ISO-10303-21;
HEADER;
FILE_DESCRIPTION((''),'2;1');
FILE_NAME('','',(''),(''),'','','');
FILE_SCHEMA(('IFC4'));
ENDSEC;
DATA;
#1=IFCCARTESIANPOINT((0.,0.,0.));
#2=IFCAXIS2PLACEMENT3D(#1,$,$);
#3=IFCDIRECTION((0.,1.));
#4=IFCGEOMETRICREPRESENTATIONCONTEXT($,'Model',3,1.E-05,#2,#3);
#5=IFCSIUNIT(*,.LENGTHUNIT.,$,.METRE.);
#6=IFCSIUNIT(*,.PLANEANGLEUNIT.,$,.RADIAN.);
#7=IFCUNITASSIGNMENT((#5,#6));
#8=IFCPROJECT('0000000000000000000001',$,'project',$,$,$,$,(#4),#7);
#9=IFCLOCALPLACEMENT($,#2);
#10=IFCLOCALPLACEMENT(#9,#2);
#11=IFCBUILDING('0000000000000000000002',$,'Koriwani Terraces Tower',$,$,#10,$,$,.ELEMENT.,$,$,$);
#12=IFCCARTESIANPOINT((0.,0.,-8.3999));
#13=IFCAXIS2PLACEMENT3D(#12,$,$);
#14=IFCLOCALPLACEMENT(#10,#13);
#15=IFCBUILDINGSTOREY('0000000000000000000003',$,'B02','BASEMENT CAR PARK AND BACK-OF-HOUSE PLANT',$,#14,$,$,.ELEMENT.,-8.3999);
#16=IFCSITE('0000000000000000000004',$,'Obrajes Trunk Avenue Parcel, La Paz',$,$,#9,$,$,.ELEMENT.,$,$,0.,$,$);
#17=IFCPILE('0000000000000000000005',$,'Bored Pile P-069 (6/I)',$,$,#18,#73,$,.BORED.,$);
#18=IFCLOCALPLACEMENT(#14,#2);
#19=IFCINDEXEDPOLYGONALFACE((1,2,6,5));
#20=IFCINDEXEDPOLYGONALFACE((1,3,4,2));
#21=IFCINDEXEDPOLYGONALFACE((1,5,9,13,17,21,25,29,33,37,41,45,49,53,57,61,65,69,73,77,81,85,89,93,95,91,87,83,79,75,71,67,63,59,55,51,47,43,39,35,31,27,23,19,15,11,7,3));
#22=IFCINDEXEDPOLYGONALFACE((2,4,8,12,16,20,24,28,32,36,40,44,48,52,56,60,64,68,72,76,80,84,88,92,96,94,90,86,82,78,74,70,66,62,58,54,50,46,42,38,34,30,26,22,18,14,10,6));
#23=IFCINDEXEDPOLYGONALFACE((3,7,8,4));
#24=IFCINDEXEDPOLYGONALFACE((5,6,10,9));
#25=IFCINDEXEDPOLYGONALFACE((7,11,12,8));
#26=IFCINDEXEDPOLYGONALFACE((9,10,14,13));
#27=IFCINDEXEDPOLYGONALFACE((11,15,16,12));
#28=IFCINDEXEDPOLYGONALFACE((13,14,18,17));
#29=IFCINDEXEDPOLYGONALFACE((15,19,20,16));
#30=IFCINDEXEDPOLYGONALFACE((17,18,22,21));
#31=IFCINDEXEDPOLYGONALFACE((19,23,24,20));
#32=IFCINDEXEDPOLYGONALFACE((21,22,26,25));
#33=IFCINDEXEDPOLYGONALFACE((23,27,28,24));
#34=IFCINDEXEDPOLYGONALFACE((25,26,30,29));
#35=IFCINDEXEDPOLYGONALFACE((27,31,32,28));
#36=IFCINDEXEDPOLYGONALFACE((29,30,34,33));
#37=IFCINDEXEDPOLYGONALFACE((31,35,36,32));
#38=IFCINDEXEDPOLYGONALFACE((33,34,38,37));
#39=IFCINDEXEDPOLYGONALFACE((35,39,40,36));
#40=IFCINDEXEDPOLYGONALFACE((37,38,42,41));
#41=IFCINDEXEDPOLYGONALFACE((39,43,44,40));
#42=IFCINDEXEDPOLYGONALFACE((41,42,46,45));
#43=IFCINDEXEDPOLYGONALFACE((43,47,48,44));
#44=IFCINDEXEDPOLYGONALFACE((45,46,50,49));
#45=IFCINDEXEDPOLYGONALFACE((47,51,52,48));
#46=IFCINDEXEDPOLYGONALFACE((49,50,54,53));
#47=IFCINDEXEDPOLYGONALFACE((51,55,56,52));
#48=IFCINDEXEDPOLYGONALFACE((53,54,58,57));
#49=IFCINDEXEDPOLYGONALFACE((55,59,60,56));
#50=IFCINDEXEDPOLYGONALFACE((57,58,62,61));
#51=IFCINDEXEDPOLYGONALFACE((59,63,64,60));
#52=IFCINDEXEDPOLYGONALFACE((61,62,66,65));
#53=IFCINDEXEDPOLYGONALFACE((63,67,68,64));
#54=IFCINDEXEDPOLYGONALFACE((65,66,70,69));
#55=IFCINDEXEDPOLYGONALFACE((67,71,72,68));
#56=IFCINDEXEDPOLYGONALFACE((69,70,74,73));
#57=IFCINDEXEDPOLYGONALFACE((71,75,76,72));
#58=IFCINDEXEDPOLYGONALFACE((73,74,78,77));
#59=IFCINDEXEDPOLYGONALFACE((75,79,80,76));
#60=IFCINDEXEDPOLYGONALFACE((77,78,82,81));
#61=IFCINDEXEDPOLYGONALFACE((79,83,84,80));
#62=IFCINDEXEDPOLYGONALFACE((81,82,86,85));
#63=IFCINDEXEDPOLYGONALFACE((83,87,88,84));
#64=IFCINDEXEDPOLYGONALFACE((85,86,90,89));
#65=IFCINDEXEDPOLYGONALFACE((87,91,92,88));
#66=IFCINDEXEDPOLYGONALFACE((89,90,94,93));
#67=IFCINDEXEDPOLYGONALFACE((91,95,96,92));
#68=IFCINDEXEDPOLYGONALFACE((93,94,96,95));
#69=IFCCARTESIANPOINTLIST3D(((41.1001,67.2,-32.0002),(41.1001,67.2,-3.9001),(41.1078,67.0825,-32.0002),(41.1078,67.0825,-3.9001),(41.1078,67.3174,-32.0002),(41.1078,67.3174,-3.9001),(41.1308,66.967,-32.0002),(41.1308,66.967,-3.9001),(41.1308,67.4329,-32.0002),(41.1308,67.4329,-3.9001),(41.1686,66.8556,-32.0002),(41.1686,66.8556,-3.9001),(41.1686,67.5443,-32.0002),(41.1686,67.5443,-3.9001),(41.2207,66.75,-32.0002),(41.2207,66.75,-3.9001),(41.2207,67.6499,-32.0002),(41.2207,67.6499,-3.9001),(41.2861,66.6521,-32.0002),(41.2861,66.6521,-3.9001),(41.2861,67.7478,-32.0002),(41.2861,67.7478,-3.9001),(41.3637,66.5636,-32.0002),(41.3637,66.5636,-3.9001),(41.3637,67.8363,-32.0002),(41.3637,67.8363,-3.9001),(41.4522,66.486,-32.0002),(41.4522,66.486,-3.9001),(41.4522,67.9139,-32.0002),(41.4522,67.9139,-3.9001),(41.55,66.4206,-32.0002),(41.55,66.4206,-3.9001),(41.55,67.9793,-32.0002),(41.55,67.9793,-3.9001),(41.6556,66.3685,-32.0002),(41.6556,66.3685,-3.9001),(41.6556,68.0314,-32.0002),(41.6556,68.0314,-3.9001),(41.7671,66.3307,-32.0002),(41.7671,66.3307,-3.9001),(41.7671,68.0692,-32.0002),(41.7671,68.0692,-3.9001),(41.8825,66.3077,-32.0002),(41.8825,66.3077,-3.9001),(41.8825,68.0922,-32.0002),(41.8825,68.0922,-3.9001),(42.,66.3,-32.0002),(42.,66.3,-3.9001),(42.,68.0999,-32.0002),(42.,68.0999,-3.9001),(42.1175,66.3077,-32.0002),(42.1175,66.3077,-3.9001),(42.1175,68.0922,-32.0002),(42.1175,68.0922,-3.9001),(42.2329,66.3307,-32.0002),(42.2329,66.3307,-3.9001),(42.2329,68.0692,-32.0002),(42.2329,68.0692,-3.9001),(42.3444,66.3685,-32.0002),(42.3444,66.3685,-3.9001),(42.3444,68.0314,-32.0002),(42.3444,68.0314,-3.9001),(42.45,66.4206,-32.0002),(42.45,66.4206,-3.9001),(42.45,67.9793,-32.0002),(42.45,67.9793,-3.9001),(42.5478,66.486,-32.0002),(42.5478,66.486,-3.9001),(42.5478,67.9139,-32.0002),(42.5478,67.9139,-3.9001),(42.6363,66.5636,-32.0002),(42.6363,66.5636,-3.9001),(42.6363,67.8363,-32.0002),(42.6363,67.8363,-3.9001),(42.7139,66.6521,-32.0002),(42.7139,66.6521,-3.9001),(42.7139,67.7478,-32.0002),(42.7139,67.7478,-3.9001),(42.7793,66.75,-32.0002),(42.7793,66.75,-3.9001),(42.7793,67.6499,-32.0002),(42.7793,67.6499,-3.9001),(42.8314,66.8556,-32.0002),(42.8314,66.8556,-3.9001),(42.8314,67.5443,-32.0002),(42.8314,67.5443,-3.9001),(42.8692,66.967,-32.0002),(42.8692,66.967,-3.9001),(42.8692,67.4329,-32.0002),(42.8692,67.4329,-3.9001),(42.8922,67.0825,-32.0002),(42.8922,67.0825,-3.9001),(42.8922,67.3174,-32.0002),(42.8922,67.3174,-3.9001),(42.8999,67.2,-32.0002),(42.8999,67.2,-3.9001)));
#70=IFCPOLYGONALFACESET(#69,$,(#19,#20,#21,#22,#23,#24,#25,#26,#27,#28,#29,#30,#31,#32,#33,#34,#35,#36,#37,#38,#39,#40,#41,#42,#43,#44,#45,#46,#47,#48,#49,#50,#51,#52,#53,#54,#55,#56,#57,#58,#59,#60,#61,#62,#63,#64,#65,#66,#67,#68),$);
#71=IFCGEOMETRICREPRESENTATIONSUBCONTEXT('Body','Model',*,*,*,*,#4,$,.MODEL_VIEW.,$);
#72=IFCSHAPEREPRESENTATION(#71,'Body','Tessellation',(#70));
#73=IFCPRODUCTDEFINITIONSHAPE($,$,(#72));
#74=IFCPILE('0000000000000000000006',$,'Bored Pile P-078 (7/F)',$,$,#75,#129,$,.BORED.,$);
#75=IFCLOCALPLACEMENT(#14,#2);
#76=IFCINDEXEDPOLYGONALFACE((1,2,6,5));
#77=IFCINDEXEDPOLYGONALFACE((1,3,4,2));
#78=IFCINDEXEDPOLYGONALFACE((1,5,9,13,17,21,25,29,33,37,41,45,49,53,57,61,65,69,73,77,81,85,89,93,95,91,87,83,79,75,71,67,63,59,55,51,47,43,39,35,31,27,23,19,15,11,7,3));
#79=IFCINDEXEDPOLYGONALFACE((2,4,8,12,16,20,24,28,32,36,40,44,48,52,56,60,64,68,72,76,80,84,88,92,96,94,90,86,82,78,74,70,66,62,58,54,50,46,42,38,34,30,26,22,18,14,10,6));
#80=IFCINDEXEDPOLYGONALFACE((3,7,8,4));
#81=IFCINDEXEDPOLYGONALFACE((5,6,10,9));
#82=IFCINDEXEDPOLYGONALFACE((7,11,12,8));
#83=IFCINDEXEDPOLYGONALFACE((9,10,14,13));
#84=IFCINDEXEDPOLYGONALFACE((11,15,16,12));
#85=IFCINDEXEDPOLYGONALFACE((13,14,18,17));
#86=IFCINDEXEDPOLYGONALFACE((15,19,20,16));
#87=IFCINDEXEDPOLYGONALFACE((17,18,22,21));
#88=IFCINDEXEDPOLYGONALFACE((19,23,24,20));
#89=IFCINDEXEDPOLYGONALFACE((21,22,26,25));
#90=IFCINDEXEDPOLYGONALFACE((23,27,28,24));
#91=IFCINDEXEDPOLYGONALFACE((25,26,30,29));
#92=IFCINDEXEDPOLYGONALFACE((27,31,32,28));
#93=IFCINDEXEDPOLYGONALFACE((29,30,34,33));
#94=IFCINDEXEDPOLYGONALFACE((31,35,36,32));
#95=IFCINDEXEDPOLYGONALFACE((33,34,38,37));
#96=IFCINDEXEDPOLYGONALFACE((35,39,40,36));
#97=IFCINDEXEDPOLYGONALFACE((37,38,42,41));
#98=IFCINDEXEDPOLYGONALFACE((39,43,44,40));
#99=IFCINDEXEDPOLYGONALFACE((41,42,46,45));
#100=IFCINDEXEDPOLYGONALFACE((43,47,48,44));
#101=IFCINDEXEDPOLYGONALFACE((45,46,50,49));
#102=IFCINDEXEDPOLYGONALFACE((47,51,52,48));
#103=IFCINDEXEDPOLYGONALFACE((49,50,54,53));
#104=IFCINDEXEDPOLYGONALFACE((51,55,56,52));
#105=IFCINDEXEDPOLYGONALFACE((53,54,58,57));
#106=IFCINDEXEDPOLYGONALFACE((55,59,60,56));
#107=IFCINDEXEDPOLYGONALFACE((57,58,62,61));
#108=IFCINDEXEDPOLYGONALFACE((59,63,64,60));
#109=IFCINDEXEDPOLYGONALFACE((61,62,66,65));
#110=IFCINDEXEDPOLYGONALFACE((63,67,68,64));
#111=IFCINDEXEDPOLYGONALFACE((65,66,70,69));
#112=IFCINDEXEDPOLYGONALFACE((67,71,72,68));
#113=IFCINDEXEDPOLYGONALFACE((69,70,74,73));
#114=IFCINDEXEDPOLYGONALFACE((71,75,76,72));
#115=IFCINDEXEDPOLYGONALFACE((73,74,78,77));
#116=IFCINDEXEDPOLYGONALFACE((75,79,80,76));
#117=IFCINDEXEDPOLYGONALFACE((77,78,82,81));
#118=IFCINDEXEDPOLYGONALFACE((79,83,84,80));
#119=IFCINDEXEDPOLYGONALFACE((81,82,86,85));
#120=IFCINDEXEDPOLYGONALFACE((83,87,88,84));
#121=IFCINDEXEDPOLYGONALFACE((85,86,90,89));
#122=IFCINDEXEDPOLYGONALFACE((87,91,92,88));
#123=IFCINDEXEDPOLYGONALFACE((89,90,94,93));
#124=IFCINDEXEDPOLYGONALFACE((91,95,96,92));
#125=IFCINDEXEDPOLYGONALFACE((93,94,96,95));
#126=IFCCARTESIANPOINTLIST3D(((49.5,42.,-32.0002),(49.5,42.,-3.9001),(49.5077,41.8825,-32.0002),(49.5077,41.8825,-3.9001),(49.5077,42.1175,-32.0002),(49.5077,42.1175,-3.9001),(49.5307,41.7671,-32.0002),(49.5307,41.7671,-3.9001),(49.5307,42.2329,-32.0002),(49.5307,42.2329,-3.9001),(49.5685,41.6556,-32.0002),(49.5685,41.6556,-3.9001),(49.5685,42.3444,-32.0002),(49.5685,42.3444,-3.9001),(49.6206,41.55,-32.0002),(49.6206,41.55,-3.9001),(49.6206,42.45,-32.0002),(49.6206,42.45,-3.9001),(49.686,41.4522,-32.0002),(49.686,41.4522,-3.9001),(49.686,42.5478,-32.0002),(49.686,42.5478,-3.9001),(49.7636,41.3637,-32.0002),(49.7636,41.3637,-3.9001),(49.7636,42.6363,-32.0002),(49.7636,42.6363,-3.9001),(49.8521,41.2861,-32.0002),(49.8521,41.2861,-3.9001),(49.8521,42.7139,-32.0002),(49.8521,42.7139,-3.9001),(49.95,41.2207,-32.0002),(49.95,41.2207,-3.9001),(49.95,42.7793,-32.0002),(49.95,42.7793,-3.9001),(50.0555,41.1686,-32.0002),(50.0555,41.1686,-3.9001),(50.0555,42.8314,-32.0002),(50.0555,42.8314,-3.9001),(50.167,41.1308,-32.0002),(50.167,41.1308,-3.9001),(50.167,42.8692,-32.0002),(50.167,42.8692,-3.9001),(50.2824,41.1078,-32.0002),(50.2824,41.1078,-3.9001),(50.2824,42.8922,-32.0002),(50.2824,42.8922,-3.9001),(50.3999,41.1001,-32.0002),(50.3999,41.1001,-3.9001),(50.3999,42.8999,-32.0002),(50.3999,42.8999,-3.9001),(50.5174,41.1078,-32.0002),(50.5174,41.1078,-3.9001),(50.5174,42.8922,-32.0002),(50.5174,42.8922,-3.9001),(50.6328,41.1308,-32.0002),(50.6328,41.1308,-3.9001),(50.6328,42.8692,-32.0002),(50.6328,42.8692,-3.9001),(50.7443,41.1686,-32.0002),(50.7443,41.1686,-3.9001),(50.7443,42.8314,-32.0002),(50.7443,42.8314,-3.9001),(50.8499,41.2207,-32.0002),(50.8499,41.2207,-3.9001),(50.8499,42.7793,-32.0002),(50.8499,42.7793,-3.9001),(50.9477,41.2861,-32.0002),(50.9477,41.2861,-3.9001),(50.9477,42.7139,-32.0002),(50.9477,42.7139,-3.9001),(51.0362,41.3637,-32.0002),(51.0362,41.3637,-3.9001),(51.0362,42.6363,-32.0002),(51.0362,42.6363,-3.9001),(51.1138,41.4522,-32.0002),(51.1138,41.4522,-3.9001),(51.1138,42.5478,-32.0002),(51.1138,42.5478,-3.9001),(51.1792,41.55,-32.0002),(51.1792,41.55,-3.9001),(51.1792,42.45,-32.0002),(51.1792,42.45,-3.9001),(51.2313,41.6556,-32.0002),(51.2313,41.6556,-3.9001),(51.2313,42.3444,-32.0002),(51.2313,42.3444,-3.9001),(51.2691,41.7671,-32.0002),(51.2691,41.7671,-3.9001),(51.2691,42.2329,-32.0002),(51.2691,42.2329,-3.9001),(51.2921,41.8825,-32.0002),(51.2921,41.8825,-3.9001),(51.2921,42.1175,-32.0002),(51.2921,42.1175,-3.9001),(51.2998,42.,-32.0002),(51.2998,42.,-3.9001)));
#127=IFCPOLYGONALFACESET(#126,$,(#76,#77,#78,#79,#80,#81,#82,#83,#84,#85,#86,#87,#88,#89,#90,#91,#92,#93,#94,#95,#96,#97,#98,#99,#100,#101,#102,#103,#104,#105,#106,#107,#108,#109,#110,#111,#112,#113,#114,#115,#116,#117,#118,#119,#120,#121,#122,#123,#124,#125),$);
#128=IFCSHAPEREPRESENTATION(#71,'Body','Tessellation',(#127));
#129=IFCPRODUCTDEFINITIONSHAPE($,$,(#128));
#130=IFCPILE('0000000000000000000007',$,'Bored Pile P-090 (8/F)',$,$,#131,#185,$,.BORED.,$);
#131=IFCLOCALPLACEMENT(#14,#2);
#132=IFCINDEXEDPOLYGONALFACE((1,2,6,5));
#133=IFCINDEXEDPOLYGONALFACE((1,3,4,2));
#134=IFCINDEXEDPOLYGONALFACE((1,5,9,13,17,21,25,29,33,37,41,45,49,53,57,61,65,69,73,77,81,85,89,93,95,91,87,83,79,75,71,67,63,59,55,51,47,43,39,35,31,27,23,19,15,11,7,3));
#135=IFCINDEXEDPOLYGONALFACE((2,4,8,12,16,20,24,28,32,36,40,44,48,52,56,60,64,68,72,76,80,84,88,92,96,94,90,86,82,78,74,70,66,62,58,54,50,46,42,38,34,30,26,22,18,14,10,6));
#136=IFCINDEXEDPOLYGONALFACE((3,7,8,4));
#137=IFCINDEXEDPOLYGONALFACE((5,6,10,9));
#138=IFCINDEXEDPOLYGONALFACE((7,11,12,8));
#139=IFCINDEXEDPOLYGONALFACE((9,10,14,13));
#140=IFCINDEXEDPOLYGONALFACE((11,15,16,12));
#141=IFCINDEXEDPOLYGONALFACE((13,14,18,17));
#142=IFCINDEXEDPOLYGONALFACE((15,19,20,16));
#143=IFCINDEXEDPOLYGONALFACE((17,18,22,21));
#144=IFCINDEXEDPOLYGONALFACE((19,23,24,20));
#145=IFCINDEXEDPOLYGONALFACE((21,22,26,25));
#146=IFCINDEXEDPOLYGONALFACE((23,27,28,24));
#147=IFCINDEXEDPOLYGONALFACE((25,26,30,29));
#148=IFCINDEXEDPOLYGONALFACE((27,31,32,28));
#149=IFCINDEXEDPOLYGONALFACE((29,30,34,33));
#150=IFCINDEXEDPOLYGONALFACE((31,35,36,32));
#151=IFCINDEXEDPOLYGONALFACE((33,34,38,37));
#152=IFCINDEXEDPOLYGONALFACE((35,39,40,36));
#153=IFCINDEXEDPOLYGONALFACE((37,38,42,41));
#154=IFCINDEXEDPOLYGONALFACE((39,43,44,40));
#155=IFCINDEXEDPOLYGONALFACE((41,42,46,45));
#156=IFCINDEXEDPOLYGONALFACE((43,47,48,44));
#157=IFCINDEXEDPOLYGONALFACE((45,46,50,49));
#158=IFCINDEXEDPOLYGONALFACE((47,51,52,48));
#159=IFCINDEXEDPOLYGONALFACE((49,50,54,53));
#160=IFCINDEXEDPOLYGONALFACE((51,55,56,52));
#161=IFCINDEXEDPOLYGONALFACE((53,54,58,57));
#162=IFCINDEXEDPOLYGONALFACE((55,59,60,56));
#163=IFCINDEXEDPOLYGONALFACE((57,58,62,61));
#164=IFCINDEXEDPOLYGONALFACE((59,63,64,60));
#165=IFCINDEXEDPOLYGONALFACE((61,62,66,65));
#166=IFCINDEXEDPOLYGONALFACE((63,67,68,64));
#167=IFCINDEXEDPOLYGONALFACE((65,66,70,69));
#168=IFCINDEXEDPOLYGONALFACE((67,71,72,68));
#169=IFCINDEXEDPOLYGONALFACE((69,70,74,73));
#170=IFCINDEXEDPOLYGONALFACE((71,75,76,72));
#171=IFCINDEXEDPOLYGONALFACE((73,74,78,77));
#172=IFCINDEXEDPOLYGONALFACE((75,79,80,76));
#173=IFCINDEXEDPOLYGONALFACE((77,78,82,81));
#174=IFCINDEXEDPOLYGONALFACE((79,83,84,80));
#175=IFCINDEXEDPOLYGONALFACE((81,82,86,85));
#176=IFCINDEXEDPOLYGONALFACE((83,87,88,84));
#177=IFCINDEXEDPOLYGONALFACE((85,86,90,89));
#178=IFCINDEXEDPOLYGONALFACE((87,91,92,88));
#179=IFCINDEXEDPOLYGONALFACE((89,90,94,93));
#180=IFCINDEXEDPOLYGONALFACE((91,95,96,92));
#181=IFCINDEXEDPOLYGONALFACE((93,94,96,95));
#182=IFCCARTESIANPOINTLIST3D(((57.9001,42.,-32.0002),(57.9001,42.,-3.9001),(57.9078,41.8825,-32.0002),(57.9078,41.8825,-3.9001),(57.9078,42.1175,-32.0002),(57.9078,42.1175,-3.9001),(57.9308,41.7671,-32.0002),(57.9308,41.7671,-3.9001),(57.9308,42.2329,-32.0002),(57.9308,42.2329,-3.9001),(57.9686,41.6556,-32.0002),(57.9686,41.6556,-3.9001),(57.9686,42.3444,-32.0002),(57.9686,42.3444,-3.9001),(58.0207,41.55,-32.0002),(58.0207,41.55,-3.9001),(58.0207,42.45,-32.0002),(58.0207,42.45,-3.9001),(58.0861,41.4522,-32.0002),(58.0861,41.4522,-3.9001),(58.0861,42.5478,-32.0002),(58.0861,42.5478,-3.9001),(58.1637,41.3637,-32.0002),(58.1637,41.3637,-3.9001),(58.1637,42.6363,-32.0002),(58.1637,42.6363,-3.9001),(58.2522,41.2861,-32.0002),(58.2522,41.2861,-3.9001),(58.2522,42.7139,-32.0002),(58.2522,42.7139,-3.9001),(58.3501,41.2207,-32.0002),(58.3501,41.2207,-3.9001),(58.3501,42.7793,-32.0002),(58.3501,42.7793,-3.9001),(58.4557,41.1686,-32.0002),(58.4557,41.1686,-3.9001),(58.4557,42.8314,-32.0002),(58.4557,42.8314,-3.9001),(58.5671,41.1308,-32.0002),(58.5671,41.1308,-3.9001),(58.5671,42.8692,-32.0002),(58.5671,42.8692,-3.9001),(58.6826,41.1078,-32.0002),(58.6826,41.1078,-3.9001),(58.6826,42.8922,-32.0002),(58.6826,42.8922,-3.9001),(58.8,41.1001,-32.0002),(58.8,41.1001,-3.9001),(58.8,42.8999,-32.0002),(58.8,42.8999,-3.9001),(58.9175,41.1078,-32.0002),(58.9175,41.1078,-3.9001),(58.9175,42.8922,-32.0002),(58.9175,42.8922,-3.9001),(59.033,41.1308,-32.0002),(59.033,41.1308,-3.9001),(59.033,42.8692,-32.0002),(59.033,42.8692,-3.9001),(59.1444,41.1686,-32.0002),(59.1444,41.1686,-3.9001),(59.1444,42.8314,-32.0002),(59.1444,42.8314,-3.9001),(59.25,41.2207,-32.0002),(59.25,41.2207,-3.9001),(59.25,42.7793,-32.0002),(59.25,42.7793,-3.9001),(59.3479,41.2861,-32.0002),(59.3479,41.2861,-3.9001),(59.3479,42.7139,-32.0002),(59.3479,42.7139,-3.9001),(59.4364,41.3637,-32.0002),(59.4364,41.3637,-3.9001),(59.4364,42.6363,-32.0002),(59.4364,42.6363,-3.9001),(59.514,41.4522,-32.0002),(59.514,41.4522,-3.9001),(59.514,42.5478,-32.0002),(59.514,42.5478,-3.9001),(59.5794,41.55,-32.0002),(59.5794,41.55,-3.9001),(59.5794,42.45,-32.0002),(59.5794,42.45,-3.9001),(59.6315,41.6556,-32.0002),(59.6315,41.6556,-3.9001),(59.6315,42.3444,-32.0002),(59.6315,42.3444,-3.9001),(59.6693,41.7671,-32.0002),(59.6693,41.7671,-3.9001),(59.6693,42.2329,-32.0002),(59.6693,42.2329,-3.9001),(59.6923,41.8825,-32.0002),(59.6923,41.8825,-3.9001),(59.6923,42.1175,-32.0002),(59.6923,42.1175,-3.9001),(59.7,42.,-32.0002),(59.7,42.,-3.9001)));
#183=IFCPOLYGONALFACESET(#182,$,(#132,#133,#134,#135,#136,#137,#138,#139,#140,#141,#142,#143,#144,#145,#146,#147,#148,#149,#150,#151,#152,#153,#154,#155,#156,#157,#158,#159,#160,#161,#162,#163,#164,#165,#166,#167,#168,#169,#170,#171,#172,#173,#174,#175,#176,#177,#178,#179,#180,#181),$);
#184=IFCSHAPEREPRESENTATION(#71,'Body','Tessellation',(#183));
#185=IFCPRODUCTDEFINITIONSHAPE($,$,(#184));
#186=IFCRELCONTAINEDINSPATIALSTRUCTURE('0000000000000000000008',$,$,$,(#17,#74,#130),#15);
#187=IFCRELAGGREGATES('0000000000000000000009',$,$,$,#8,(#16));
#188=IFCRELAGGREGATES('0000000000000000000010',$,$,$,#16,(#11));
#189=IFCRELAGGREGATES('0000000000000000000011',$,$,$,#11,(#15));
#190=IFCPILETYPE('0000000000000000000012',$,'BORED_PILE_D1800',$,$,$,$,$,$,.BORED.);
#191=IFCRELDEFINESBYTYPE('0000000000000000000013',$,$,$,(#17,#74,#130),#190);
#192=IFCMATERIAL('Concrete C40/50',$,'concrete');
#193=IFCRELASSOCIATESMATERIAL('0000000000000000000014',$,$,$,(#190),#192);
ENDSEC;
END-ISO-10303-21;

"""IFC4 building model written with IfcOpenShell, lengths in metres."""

from ifc_helpers import new_model, si_unit, direction, frame, origin, origin_2d, place, context, subcontext, project, spatial, circle, extrude, material, material_profile, profile_set, type_object, element, save


model = new_model("IFC4")

# Units and contexts
model_context = context("Model", 3, precision=1e-05, world=origin(), true_north=direction((0.0, 1.0)))
body_context = subcontext(model_context, "Body", "Model", "MODEL_VIEW")
ifc_project = project(units=[si_unit("LENGTHUNIT", "METRE"), si_unit("PLANEANGLEUNIT", "RADIAN")], contexts=[model_context])

# Site, building, storey
site_placement = place(None, origin())
site = spatial("IfcSite", under=ifc_project, at=site_placement, Name="Obrajes Trunk Avenue Parcel, La Paz", CompositionType="ELEMENT", RefElevation=0.0)
building_placement = place(site_placement, origin())
building = spatial("IfcBuilding", under=site, at=building_placement, Name="Koriwani Terraces Tower", CompositionType="ELEMENT")
storey_placement = place(building_placement, frame((0.0, 0.0, -8.3999)))
storey = spatial("IfcBuildingStorey", under=building, at=storey_placement, Name="B02", Description="BASEMENT CAR PARK AND BACK-OF-HOUSE PLANT", CompositionType="ELEMENT", Elevation=-8.3999)

# Piles
ifc_material_1 = material(Name="Concrete C40/50", Category="concrete")
ifc_material_profile_1 = material_profile(ifc_material_1, circle(Radius=0.8999, at=origin_2d()), Name="Concrete C40/50")
ifc_profile_set_1 = profile_set([ifc_material_profile_1], Name="Concrete C40/50")
pile_type_1 = type_object("IfcPileType", Name="BORED_PILE_D1800", PredefinedType="BORED", material=ifc_profile_set_1)
for number, where, z_axis, x_axis, name in (
    (1, (42.0, 67.2, -3.9001), (0.0, 0.0, -1.0), (1.0, 0.0, 0.0), "Bored Pile P-069 (6/I)"),
    (2, (50.3999, 42.0, -3.9001), (0.0, 0.0, -1.0), (1.0, 0.0, 0.0), "Bored Pile P-078 (7/F)"),
    (3, (58.8, 42.0, -3.9001), (0.0, 0.0, -1.0), (1.0, 0.0, 0.0), "Bored Pile P-090 (8/F)"),
):
    element("IfcPile", number, at=place(storey_placement, frame(where, z_axis=z_axis, x_axis=x_axis)), inside=storey, type_object=pile_type_1, Name=name, PredefinedType="BORED", context=body_context, shape_type="SweptSolid", body=[
        extrude(circle(Radius=0.8999, at=origin_2d()), origin(), (0.0, 0.0, 1.0), 28.1001),
    ])

save(model, "model.ifc")
